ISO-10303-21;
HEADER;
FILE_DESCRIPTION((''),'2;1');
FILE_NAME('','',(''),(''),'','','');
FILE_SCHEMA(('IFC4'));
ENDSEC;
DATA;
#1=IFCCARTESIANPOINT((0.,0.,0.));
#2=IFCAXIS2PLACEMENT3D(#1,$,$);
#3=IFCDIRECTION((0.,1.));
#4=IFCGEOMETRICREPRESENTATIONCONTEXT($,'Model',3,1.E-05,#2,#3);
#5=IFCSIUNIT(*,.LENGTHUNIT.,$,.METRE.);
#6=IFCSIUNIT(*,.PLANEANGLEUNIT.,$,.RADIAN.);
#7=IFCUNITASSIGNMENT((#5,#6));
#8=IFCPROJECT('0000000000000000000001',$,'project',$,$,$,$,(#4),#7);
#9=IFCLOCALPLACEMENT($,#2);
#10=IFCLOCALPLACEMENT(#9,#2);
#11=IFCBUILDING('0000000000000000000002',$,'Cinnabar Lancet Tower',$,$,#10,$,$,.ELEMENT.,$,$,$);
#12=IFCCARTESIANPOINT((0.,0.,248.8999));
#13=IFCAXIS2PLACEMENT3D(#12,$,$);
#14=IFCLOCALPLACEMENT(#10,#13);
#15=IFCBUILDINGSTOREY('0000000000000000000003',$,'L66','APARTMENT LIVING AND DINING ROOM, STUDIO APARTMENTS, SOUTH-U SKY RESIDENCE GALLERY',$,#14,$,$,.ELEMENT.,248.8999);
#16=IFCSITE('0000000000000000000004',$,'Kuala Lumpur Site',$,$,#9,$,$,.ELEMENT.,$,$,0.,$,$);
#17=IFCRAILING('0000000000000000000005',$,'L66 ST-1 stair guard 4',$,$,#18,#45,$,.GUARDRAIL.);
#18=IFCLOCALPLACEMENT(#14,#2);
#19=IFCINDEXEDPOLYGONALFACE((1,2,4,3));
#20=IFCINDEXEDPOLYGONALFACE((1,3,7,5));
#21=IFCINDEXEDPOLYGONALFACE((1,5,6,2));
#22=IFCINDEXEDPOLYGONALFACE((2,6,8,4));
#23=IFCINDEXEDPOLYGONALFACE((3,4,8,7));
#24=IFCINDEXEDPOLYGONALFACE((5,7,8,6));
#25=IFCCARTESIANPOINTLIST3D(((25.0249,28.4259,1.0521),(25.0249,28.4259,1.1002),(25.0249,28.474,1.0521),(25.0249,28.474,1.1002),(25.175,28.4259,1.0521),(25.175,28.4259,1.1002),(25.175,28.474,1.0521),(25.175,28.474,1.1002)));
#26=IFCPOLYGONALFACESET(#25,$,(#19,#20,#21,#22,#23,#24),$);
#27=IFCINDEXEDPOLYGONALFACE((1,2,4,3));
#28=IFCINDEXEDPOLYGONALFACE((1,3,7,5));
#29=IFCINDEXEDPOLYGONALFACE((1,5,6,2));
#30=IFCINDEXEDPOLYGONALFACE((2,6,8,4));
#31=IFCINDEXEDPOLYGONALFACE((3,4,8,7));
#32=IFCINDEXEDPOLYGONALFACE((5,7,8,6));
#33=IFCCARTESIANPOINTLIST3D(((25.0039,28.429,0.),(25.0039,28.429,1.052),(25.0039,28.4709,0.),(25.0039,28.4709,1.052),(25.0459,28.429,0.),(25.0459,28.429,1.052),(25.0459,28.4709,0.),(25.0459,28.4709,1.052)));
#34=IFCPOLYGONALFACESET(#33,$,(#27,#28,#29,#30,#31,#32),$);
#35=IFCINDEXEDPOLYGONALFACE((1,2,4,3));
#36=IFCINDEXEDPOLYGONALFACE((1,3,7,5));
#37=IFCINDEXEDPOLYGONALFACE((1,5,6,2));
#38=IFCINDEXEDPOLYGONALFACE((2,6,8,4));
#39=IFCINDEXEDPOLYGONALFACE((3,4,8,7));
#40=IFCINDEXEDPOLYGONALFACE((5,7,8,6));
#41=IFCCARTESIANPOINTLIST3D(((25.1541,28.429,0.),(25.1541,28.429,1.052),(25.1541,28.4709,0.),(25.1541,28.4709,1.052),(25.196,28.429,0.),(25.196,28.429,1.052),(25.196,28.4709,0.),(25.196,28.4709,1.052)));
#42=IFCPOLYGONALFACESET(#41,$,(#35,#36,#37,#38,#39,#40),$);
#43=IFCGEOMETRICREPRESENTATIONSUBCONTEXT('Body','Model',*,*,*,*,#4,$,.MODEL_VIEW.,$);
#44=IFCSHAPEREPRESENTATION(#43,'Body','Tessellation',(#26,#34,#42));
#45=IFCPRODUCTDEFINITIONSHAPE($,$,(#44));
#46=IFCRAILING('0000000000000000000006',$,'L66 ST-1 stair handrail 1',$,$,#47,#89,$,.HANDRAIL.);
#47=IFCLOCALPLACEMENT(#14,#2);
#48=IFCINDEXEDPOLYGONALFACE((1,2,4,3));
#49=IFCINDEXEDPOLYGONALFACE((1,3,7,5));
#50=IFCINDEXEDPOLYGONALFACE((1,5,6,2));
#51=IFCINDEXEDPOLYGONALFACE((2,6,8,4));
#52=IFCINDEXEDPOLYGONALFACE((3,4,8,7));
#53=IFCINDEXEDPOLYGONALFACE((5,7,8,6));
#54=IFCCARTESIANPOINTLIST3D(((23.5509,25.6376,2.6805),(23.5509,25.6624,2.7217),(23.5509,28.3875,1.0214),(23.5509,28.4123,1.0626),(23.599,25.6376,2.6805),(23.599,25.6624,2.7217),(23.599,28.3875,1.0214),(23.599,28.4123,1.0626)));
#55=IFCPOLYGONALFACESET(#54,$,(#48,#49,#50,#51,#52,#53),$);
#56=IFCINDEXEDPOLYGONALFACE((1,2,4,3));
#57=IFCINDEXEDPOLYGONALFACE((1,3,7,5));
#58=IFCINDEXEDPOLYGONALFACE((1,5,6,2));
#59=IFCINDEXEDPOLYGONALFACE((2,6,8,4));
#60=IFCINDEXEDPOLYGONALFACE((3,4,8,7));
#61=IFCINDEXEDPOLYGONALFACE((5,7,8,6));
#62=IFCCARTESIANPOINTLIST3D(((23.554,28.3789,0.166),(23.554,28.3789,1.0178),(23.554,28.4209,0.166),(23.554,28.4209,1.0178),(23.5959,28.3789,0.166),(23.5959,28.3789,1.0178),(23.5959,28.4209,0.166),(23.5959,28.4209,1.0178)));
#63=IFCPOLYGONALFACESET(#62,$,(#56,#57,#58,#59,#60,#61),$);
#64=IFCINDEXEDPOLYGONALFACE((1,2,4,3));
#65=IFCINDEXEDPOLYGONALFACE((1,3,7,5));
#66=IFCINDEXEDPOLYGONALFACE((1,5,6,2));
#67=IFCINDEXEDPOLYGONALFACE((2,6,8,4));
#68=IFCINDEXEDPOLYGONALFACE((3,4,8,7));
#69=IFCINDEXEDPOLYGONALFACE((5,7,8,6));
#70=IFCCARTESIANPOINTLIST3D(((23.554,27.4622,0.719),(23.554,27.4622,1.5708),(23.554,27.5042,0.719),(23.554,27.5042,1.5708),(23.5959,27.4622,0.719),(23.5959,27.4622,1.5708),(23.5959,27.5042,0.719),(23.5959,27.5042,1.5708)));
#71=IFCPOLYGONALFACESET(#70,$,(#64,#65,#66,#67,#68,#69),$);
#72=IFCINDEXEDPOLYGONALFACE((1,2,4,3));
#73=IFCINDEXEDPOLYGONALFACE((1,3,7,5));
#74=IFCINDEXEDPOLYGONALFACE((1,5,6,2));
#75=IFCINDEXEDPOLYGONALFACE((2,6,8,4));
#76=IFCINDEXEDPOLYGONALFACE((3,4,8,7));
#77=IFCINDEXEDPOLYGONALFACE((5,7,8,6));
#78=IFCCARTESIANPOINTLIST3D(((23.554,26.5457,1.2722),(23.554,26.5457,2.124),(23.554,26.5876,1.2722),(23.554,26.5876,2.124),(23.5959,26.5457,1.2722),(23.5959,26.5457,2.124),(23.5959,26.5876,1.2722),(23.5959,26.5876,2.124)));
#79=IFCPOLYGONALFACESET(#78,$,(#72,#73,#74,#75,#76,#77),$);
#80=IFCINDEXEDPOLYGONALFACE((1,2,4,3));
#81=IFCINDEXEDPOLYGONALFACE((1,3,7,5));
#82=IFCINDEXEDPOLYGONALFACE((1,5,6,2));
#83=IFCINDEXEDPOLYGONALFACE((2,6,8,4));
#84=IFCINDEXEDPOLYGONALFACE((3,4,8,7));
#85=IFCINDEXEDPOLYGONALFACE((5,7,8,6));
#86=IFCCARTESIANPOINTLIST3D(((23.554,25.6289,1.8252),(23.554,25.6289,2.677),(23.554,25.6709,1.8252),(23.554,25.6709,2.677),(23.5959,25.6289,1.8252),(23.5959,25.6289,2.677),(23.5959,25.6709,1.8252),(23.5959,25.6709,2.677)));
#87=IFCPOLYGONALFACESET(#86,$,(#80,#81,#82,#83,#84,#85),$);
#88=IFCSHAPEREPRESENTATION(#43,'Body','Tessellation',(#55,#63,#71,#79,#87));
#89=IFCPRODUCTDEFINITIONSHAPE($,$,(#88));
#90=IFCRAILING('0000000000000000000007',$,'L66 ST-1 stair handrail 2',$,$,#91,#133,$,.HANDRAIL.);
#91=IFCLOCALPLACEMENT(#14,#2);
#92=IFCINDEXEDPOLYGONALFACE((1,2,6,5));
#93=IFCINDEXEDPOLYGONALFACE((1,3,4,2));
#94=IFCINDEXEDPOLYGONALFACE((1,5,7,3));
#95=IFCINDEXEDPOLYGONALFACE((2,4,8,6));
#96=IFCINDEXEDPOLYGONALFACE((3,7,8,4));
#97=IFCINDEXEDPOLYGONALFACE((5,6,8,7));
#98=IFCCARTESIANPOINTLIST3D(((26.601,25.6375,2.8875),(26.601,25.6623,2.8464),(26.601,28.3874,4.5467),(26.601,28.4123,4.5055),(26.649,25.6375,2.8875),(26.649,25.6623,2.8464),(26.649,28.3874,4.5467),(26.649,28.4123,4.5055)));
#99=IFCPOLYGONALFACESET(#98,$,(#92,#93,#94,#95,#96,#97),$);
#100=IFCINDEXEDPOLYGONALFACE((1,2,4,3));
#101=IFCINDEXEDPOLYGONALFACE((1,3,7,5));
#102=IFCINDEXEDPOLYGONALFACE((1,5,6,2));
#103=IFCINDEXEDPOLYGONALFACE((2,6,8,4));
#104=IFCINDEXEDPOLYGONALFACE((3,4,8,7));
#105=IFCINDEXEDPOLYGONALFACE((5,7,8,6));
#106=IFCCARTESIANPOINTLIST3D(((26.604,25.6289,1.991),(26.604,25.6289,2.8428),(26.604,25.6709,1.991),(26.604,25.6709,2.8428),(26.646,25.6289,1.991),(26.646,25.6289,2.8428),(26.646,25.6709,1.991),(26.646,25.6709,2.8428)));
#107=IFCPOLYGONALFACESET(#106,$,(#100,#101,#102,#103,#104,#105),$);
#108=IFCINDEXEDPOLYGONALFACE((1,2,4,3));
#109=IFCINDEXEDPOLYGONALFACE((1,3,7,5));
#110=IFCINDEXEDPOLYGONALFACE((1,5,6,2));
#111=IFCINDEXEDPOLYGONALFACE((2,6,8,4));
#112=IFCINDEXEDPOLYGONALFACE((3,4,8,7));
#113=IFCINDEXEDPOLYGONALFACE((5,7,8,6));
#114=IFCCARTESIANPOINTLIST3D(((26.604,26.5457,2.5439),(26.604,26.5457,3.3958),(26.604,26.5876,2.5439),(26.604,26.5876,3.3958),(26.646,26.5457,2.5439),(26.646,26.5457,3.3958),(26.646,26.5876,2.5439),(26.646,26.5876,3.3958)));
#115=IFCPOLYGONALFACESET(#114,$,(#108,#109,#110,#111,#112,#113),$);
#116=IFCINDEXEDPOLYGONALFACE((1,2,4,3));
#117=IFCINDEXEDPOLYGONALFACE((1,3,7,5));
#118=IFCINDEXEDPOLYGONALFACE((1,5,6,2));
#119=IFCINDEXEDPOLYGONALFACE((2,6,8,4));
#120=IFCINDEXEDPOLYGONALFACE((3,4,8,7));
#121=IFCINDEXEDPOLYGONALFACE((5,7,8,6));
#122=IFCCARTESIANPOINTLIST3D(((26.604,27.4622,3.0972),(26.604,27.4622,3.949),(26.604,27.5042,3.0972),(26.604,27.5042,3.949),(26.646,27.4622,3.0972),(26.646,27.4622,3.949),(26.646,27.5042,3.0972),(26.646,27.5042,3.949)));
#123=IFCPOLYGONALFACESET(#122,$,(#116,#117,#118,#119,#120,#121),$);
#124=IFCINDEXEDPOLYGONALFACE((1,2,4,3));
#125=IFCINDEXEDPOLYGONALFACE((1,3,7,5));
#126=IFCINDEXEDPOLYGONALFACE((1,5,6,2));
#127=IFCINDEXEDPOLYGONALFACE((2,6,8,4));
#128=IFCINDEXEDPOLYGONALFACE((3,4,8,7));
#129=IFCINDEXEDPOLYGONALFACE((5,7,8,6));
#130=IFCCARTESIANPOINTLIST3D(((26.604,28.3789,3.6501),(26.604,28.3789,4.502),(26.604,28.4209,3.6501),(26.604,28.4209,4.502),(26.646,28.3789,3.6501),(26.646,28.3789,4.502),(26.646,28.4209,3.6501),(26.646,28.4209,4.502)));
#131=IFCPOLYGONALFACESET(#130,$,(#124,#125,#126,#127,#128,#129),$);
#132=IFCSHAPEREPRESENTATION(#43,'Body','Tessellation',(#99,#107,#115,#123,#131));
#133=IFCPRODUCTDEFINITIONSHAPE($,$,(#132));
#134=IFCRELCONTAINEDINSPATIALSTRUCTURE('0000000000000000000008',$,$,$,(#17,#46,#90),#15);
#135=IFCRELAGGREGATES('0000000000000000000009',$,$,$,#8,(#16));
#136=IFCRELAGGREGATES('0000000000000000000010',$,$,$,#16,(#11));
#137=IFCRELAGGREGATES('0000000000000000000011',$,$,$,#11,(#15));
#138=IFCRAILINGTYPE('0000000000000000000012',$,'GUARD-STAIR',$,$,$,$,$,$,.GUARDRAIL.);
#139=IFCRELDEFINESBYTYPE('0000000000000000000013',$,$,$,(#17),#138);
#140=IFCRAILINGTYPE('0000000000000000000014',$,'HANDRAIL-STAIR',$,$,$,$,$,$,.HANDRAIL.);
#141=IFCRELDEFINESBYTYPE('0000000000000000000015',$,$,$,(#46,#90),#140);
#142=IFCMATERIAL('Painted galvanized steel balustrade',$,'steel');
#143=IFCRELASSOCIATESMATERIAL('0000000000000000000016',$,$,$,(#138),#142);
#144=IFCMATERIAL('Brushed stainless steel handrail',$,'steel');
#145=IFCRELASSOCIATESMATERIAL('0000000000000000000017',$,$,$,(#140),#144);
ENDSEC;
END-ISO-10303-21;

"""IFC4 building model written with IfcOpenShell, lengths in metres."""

from ifc_helpers import new_model, si_unit, direction, frame, origin, origin_2d, place, context, subcontext, project, spatial, rectangle, extrude, material, type_object, element, save


model = new_model("IFC4")

# Units and contexts
model_context = context("Model", 3, precision=1e-05, world=origin(), true_north=direction((0.0, 1.0)))
body_context = subcontext(model_context, "Body", "Model", "MODEL_VIEW")
ifc_project = project(units=[si_unit("LENGTHUNIT", "METRE"), si_unit("PLANEANGLEUNIT", "RADIAN")], contexts=[model_context])

# Site, building, storey
site_placement = place(None, origin())
site = spatial("IfcSite", under=ifc_project, at=site_placement, Name="Kuala Lumpur Site", CompositionType="ELEMENT", RefElevation=0.0)
building_placement = place(site_placement, origin())
building = spatial("IfcBuilding", under=site, at=building_placement, Name="Cinnabar Lancet Tower", CompositionType="ELEMENT")
storey_placement = place(building_placement, frame((0.0, 0.0, 248.8999)))
storey = spatial("IfcBuildingStorey", under=building, at=storey_placement, Name="L66", Description="APARTMENT LIVING AND DINING ROOM, STUDIO APARTMENTS, SOUTH-U SKY RESIDENCE GALLERY", CompositionType="ELEMENT", Elevation=248.8999)

# Railings
ifc_material_1 = material(Name="Painted galvanized steel balustrade", Category="steel")
railing_type_1 = type_object("IfcRailingType", Name="GUARD-STAIR", PredefinedType="GUARDRAIL", material=ifc_material_1)
railing_1_placement = place(storey_placement, frame((25.0249, 28.45, 0.0)))
element("IfcRailing", 1, at=railing_1_placement, inside=storey, type_object=railing_type_1, Name="L66 ST-1 stair guard 4", PredefinedType="GUARDRAIL", context=body_context, shape_type="SweptSolid", body=[
    extrude(rectangle(XDim=0.0481, YDim=0.0481, at=origin_2d()), frame((0.0, 0.0, 1.0762), z_axis=(1.0, 0.0, 0.0), x_axis=(0.0, 1.0, 0.0)), (0.0, 0.0, 1.0), 0.1501),
    extrude(rectangle(XDim=0.042, YDim=0.042, at=origin_2d()), origin(), (0.0, 0.0, 1.0), 1.052),
    extrude(rectangle(XDim=0.042, YDim=0.042, at=origin_2d()), frame((0.1501, 0.0, 0.0)), (0.0, 0.0, 1.0), 1.052),
])
ifc_material_2 = material(Name="Brushed stainless steel handrail", Category="steel")
railing_type_2 = type_object("IfcRailingType", Name="HANDRAIL-STAIR", PredefinedType="HANDRAIL", material=ifc_material_2)
railing_2_placement = place(storey_placement, frame((23.575, 28.3999, 0.166)))
element("IfcRailing", 2, at=railing_2_placement, inside=storey, type_object=railing_type_2, Name="L66 ST-1 stair handrail 1", PredefinedType="HANDRAIL", context=body_context, shape_type="SweptSolid", body=[
    extrude(rectangle(XDim=0.0481, YDim=0.0481, at=origin_2d()), frame((0.0, 0.0, 0.876), z_axis=(0.0, -0.856229, 0.516596), x_axis=(1.0, 0.0, 0.0)), (0.0, 0.0, 1.0), 3.2117),
    extrude(rectangle(XDim=0.042, YDim=0.042, at=origin_2d()), origin(), (0.0, 0.0, 1.0), 0.8518),
    extrude(rectangle(XDim=0.042, YDim=0.042, at=origin_2d()), frame((0.0, -0.9167, 0.553)), (0.0, 0.0, 1.0), 0.8518),
    extrude(rectangle(XDim=0.042, YDim=0.042, at=origin_2d()), frame((0.0, -1.8333, 1.1062)), (0.0, 0.0, 1.0), 0.8518),
    extrude(rectangle(XDim=0.042, YDim=0.042, at=origin_2d()), frame((0.0, -2.75, 1.6592)), (0.0, 0.0, 1.0), 0.8518),
])
railing_3_placement = place(storey_placement, frame((26.625, 25.6499, 1.991)))
element("IfcRailing", 3, at=railing_3_placement, inside=storey, type_object=railing_type_2, Name="L66 ST-1 stair handrail 2", PredefinedType="HANDRAIL", context=body_context, shape_type="SweptSolid", body=[
    extrude(rectangle(XDim=0.0481, YDim=0.0481, at=origin_2d()), frame((0.0, 0.0, 0.876), z_axis=(0.0, 0.856229, 0.516596), x_axis=(-1.0, 0.0, 0.0)), (0.0, 0.0, 1.0), 3.2117),
    extrude(rectangle(XDim=0.042, YDim=0.042, at=origin_2d()), origin(), (0.0, 0.0, 1.0), 0.8518),
    extrude(rectangle(XDim=0.042, YDim=0.042, at=origin_2d()), frame((0.0, 0.9167, 0.553)), (0.0, 0.0, 1.0), 0.8518),
    extrude(rectangle(XDim=0.042, YDim=0.042, at=origin_2d()), frame((0.0, 1.8333, 1.1062)), (0.0, 0.0, 1.0), 0.8518),
    extrude(rectangle(XDim=0.042, YDim=0.042, at=origin_2d()), frame((0.0, 2.75, 1.6592)), (0.0, 0.0, 1.0), 0.8518),
])

save(model, "model.ifc")
